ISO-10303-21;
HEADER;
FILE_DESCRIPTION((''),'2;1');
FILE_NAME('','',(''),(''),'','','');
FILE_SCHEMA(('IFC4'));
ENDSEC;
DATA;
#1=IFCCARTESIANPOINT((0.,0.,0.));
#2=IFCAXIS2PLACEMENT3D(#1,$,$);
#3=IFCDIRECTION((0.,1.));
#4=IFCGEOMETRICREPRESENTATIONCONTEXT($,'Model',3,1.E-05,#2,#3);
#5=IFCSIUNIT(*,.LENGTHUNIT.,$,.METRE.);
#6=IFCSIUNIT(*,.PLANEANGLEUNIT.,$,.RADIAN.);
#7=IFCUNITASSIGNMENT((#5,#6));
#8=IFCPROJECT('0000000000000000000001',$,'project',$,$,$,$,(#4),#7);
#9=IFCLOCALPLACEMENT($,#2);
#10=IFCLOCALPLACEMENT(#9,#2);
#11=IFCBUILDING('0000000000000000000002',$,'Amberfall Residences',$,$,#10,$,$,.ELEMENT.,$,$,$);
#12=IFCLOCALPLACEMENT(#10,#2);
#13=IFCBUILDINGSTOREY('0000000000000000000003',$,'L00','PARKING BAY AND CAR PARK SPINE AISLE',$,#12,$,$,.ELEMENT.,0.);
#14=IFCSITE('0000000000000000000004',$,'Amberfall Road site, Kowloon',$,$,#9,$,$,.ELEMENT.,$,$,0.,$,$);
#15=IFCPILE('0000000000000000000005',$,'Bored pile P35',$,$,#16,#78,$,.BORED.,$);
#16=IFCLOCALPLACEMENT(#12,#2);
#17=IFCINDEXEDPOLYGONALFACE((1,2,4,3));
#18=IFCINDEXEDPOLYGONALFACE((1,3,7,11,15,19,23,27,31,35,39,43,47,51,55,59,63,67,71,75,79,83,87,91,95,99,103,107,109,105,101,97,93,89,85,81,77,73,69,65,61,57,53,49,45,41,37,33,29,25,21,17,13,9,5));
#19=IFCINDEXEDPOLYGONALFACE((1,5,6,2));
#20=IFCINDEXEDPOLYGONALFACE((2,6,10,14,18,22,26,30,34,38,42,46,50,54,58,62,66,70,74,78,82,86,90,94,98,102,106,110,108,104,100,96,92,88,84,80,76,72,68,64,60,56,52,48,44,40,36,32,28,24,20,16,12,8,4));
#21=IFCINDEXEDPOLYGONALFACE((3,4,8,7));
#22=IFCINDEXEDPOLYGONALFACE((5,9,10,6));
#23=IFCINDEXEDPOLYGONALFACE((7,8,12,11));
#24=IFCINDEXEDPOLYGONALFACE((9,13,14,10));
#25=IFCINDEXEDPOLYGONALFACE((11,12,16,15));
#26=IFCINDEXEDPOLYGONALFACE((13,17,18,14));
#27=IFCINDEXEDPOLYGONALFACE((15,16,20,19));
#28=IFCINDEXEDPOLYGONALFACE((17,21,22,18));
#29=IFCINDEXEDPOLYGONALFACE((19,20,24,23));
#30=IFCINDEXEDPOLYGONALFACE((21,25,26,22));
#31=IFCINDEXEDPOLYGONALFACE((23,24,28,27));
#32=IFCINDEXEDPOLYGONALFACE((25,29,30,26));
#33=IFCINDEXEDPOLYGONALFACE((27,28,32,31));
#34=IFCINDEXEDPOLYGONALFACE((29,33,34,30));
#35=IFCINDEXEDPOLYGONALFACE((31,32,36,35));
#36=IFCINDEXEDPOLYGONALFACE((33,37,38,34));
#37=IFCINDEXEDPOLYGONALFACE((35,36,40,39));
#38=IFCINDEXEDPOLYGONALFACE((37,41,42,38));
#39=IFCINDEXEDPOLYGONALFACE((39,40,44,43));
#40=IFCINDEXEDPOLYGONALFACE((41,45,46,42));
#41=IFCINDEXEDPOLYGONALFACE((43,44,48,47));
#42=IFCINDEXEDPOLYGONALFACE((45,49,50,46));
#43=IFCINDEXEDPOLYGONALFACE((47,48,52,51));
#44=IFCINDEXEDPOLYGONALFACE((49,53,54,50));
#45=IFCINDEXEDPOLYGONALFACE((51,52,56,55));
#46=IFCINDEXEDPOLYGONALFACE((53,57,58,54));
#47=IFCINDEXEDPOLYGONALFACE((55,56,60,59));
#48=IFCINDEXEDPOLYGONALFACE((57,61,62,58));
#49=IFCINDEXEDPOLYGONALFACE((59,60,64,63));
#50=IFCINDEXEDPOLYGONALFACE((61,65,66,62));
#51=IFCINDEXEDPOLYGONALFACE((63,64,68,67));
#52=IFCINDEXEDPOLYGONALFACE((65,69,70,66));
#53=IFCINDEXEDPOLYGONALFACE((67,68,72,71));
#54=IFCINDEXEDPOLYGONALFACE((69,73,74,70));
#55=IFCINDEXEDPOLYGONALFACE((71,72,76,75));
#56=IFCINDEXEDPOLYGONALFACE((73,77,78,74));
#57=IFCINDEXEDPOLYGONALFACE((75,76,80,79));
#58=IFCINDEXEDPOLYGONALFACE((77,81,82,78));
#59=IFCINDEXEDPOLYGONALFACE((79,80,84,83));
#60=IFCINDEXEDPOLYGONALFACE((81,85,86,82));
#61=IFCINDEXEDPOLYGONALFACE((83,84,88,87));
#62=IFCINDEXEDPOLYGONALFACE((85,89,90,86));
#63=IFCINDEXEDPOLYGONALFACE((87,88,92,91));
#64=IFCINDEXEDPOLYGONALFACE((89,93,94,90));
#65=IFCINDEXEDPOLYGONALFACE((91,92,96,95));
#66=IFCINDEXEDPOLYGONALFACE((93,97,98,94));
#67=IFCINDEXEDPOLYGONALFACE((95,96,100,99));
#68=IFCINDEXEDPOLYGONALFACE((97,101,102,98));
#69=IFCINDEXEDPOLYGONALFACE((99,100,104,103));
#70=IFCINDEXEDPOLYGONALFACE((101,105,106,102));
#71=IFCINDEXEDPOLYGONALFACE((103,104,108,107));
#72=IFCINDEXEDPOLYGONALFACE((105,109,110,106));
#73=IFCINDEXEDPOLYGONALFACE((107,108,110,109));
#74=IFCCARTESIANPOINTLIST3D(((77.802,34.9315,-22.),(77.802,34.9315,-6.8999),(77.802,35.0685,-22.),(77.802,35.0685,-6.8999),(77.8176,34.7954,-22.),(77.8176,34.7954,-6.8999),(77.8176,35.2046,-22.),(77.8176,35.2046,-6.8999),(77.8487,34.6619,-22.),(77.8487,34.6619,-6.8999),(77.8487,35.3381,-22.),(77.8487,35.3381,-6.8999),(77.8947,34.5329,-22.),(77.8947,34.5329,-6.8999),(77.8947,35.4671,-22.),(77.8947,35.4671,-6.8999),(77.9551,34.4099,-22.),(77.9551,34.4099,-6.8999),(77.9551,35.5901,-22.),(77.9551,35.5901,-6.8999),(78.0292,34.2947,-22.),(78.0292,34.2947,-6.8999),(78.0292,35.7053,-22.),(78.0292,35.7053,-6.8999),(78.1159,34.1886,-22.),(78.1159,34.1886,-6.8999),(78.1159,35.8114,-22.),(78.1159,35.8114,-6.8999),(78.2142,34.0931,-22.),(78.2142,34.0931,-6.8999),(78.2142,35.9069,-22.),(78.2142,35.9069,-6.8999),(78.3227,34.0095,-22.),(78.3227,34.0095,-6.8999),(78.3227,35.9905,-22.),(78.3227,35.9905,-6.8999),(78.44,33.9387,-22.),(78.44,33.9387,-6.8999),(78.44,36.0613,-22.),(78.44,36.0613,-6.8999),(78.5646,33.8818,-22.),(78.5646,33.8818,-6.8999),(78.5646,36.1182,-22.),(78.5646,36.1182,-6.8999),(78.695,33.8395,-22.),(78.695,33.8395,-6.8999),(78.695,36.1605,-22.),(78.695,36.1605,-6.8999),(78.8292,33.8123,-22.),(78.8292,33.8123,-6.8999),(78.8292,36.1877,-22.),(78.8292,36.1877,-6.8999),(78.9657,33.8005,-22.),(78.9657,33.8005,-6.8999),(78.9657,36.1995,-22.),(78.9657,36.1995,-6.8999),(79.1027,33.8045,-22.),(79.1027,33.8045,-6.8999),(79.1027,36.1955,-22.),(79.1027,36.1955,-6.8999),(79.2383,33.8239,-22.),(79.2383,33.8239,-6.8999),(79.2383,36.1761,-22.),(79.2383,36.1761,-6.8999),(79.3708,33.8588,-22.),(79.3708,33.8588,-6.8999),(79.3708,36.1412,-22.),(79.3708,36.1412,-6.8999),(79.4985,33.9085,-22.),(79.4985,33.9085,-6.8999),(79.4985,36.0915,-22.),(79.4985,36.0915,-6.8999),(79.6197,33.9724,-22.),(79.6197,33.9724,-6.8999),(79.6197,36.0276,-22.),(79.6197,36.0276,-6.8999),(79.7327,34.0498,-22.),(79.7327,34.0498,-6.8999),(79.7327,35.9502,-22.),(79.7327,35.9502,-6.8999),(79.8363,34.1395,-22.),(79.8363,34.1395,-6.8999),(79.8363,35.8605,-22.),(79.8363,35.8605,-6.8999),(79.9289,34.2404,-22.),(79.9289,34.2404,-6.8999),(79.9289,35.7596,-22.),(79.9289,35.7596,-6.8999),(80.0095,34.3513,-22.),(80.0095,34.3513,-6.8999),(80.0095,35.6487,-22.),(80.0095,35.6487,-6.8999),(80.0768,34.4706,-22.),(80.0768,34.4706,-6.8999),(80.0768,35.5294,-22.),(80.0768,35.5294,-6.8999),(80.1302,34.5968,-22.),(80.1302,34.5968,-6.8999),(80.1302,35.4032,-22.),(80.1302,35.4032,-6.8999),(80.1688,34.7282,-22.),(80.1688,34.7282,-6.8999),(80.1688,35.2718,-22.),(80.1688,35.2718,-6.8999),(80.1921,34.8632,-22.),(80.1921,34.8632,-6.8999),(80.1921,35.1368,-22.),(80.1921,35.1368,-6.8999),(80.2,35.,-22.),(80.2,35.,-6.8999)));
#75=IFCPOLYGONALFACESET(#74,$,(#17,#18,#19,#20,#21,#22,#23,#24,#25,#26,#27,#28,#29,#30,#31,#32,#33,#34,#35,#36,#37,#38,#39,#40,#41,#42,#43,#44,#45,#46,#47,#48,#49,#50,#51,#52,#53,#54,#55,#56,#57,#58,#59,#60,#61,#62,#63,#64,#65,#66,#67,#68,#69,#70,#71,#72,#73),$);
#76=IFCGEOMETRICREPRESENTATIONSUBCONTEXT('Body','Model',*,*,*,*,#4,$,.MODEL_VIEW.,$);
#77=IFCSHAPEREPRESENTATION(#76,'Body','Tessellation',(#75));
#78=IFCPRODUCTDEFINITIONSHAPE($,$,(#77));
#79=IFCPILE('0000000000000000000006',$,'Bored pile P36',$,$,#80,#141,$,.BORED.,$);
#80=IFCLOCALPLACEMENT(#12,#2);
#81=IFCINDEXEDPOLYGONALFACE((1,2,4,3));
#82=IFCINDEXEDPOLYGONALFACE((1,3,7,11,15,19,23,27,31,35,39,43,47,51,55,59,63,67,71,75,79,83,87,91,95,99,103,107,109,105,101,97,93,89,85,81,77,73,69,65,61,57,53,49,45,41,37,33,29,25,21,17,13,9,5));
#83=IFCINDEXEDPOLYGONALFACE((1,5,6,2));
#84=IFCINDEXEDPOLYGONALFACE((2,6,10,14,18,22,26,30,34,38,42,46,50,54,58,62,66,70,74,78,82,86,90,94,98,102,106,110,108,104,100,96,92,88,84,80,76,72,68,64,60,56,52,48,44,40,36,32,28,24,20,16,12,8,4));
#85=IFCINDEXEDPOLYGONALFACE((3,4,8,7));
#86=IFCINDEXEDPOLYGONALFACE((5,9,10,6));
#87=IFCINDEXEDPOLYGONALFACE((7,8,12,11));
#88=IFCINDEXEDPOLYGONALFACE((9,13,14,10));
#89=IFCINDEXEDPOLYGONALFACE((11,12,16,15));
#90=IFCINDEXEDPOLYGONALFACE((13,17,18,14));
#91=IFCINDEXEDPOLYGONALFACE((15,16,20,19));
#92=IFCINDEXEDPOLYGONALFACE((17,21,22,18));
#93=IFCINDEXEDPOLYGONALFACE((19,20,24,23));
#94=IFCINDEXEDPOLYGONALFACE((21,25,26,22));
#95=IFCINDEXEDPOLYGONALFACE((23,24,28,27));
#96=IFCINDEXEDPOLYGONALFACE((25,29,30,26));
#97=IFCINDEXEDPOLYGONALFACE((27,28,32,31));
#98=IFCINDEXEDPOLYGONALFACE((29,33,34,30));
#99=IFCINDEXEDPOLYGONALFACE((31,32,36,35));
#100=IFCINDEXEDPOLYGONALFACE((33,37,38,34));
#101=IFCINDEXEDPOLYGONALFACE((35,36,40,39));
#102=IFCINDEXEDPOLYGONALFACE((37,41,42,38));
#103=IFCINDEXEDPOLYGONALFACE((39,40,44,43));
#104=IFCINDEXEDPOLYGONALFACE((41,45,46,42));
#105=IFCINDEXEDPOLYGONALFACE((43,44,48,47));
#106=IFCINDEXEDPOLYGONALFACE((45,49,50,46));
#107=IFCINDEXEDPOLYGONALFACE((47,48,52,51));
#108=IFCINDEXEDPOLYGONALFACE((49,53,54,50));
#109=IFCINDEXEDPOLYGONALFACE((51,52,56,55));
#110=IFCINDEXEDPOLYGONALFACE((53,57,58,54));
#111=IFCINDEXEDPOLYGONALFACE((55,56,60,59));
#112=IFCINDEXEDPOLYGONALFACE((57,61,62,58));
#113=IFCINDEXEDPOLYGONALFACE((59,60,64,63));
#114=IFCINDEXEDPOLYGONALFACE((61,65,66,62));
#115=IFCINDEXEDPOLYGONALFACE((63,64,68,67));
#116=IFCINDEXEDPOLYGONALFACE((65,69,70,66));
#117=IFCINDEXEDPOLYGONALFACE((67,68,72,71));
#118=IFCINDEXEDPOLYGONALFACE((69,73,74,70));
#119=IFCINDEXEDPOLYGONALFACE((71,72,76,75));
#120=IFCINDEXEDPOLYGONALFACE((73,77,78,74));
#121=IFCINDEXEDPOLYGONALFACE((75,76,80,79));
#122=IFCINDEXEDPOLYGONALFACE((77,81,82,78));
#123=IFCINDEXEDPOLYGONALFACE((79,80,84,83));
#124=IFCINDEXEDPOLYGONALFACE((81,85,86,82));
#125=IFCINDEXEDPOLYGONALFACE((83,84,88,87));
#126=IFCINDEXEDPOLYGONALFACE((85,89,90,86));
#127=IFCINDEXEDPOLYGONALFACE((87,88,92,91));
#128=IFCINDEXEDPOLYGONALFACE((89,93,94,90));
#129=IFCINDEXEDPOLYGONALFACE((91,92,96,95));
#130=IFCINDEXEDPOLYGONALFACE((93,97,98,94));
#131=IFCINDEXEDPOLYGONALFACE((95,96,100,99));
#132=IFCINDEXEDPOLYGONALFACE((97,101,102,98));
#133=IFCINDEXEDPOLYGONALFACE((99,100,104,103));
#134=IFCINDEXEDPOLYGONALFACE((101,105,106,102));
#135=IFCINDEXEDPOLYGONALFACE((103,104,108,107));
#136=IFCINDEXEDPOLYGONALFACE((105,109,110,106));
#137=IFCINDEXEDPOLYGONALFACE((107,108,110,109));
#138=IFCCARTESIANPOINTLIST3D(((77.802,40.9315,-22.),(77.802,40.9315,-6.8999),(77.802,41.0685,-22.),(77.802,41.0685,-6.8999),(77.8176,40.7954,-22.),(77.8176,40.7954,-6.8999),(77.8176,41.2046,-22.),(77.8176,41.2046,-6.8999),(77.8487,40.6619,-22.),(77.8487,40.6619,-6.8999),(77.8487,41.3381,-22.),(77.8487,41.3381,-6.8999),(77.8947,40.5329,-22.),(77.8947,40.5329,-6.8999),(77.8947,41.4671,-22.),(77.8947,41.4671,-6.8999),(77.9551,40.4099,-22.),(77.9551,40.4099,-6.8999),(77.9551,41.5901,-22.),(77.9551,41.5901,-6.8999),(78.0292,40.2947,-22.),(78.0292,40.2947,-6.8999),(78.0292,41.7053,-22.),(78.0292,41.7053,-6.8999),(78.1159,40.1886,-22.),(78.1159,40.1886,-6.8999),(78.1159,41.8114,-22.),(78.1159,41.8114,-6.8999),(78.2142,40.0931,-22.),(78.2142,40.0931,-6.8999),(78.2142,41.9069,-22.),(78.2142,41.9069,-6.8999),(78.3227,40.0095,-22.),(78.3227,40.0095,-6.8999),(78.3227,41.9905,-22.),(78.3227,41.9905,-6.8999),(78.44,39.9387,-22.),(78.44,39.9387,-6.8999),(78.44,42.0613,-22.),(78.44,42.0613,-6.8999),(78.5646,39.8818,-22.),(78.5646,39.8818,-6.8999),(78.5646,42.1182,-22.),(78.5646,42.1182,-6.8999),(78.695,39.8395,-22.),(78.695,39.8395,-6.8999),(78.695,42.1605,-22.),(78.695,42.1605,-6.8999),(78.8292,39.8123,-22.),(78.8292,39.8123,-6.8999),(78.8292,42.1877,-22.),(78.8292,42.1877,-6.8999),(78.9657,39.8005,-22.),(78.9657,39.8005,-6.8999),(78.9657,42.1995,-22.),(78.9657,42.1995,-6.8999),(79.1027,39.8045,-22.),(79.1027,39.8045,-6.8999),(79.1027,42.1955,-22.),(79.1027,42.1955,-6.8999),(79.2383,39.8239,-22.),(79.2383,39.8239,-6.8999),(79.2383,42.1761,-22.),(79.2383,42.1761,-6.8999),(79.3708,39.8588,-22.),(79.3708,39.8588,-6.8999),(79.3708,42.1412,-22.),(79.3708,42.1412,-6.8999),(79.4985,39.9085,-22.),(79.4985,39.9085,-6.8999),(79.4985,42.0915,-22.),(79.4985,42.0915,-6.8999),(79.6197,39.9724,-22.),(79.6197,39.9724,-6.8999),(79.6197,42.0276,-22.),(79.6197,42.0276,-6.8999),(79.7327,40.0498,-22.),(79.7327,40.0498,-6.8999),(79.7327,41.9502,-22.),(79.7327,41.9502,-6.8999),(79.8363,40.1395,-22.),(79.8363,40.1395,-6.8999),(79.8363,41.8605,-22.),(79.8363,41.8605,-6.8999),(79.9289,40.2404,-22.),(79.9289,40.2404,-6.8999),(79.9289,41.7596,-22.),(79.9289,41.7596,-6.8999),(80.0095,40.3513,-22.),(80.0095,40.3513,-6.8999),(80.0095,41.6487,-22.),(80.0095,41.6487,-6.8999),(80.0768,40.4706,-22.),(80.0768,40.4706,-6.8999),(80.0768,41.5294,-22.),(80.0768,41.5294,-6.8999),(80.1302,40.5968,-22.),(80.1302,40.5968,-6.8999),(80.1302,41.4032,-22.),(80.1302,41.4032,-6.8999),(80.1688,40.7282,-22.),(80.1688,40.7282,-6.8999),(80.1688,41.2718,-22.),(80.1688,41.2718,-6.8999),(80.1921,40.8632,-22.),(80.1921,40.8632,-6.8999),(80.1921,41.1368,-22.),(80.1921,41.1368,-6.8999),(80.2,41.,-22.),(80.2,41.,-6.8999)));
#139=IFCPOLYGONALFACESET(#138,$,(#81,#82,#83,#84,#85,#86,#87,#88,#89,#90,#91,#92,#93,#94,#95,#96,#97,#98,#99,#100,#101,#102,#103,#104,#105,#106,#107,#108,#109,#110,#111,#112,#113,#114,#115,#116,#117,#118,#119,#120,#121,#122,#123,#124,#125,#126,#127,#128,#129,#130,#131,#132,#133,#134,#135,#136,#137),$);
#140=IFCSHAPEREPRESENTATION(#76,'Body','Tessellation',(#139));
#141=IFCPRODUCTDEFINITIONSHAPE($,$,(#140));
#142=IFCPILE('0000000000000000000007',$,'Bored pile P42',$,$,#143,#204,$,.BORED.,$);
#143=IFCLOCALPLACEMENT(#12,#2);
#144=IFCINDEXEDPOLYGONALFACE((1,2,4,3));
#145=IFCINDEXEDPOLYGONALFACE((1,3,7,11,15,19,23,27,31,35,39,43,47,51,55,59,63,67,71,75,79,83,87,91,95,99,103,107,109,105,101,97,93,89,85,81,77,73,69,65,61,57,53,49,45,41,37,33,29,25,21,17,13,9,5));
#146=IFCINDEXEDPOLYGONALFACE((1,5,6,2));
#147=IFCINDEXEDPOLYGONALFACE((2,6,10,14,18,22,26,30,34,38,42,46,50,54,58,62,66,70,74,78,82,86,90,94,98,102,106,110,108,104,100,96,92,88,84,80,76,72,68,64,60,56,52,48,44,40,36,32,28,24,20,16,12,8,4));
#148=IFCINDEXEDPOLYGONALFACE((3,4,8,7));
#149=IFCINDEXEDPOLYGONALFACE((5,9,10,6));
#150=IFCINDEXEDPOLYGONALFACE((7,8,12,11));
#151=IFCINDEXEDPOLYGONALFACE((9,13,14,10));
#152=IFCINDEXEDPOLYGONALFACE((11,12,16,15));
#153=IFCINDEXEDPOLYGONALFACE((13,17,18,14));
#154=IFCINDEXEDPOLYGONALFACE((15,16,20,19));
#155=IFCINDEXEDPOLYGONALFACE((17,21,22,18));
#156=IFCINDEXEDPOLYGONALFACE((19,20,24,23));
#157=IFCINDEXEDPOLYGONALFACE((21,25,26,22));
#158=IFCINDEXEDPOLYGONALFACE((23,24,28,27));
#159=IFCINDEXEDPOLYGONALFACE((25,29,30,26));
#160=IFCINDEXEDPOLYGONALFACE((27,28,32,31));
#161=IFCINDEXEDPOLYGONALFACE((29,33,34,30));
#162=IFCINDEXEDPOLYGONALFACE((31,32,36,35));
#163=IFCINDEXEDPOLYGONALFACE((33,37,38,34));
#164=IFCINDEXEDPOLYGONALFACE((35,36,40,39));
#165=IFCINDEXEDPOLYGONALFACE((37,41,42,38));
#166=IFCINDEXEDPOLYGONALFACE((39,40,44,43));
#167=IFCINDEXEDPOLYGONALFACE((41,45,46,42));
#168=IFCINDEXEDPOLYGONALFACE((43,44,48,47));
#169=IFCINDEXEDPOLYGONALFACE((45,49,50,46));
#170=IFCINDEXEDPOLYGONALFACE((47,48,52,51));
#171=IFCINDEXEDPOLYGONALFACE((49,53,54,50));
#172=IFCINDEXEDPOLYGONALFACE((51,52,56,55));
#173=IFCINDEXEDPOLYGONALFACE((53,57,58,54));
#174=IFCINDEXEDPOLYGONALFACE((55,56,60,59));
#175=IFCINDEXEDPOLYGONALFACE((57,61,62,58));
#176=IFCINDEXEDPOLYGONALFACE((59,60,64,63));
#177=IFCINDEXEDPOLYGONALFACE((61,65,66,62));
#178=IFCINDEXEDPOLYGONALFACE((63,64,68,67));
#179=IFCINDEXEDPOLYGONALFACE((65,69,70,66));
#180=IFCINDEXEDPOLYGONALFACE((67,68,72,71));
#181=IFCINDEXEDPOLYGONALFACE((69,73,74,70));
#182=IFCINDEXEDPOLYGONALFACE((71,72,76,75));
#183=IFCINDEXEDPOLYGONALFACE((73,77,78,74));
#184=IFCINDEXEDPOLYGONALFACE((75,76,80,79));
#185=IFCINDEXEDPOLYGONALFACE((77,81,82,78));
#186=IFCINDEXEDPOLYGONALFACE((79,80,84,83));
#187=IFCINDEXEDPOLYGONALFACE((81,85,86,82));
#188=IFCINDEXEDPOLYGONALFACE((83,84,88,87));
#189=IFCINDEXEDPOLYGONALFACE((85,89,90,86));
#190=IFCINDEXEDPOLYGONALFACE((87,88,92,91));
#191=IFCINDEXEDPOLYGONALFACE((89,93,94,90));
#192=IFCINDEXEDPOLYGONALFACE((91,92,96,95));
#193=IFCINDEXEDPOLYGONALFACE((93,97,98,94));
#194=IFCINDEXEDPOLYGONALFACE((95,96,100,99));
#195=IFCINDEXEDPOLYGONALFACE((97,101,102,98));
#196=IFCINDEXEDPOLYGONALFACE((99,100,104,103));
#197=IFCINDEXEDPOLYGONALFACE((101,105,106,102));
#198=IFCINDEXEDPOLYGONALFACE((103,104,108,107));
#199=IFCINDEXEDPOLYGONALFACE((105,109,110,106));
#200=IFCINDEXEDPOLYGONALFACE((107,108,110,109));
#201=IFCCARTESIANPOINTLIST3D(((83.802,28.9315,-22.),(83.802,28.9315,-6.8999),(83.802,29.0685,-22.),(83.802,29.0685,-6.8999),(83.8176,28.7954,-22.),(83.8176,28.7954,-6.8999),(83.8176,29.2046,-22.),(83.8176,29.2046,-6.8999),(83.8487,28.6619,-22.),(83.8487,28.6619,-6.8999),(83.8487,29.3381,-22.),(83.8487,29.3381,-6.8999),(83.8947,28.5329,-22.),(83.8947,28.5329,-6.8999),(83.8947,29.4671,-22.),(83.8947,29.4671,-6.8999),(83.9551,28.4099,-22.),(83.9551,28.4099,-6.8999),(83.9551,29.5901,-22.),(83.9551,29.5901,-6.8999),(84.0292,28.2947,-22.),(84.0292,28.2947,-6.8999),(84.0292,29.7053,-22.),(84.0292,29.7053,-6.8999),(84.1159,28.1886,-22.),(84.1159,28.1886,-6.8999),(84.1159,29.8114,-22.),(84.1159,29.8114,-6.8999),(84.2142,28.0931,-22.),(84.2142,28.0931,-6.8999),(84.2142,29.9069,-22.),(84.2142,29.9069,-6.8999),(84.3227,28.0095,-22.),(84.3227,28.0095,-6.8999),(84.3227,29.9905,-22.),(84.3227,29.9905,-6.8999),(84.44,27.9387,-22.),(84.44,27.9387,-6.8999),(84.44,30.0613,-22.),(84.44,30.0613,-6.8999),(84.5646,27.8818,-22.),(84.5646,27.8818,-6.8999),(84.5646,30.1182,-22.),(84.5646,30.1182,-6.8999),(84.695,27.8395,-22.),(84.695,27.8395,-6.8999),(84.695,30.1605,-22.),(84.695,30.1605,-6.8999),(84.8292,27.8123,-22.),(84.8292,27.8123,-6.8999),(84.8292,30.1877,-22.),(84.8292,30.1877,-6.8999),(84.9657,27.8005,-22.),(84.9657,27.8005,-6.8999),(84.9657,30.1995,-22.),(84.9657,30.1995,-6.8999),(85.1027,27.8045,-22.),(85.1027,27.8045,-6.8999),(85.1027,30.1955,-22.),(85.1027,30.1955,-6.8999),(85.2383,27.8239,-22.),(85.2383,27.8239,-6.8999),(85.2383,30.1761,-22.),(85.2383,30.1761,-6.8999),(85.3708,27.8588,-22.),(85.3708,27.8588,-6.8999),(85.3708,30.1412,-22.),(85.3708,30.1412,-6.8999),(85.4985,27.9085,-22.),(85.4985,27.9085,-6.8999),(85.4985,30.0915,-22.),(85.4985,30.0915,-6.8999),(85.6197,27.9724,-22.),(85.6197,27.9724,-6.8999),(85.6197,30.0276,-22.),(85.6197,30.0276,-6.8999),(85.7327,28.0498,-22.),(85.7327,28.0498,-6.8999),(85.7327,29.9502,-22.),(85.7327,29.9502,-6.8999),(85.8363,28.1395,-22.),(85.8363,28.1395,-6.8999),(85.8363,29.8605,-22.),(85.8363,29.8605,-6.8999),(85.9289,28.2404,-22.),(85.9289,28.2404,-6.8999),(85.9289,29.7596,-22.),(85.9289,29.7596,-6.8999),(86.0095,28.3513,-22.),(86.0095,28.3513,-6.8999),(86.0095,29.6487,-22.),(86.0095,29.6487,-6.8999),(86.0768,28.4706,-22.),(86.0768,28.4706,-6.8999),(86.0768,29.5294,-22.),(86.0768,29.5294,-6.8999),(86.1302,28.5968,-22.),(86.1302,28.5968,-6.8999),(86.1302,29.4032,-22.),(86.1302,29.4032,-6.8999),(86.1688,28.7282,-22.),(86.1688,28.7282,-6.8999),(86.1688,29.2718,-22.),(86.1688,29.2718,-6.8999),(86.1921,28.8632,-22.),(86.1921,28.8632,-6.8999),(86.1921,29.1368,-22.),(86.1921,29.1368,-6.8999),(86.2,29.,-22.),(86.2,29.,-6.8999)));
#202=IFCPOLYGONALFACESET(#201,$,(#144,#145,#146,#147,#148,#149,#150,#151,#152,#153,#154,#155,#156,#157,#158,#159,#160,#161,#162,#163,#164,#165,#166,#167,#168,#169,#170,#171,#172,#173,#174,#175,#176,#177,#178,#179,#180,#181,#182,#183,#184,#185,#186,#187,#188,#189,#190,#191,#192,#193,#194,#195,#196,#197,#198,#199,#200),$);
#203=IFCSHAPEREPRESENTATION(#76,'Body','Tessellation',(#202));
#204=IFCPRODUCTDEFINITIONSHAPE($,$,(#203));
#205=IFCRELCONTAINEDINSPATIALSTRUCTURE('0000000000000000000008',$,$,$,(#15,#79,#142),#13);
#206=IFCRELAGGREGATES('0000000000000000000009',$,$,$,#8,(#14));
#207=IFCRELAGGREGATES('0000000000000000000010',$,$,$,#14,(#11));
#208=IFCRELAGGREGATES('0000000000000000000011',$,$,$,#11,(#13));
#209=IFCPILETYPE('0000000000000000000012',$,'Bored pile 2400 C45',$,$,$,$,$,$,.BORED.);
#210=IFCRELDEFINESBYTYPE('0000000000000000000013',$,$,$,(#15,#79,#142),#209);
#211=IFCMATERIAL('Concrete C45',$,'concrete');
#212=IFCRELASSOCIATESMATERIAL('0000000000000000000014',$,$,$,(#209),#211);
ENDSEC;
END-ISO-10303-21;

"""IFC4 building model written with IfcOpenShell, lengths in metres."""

from ifc_helpers import new_model, si_unit, direction, frame, origin, origin_2d, place, context, subcontext, project, spatial, circle, extrude, material, material_profile, profile_set, type_object, element, save


model = new_model("IFC4")

# Units and contexts
model_context = context("Model", 3, precision=1e-05, world=origin(), true_north=direction((0.0, 1.0)))
body_context = subcontext(model_context, "Body", "Model", "MODEL_VIEW")
ifc_project = project(units=[si_unit("LENGTHUNIT", "METRE"), si_unit("PLANEANGLEUNIT", "RADIAN")], contexts=[model_context])

# Site, building, storey
site_placement = place(None, origin())
site = spatial("IfcSite", under=ifc_project, at=site_placement, Name="Amberfall Road site, Kowloon", CompositionType="ELEMENT", RefElevation=0.0)
building_placement = place(site_placement, origin())
building = spatial("IfcBuilding", under=site, at=building_placement, Name="Amberfall Residences", CompositionType="ELEMENT")
storey_placement = place(building_placement, origin())
storey = spatial("IfcBuildingStorey", under=building, at=storey_placement, Name="L00", Description="PARKING BAY AND CAR PARK SPINE AISLE", CompositionType="ELEMENT", Elevation=0.0)

# Piles
ifc_material_1 = material(Name="Concrete C45", Category="concrete")
ifc_material_profile_1 = material_profile(ifc_material_1, circle(Radius=1.2, at=origin_2d()), Name="Bored pile 2400 C45")
ifc_profile_set_1 = profile_set([ifc_material_profile_1], Name="Concrete C45")
pile_type = type_object("IfcPileType", Name="Bored pile 2400 C45", PredefinedType="BORED", material=ifc_profile_set_1)
for number, where, z_axis, x_axis, name in (
    (1, (79.0, 35.0, -6.8999), (0.0, 0.0, -1.0), (1.0, 0.0, 0.0), "Bored pile P35"),
    (2, (79.0, 41.0, -6.8999), (0.0, 0.0, -1.0), (1.0, 0.0, 0.0), "Bored pile P36"),
    (3, (85.0, 29.0, -6.8999), (0.0, 0.0, -1.0), (1.0, 0.0, 0.0), "Bored pile P42"),
):
    element("IfcPile", number, at=place(storey_placement, frame(where, z_axis=z_axis, x_axis=x_axis)), inside=storey, type_object=pile_type, Name=name, PredefinedType="BORED", context=body_context, shape_type="SweptSolid", body=[
        extrude(circle(Radius=1.2, at=origin_2d()), origin(), (0.0, 0.0, 1.0), 15.1001),
    ])

save(model, "model.ifc")
